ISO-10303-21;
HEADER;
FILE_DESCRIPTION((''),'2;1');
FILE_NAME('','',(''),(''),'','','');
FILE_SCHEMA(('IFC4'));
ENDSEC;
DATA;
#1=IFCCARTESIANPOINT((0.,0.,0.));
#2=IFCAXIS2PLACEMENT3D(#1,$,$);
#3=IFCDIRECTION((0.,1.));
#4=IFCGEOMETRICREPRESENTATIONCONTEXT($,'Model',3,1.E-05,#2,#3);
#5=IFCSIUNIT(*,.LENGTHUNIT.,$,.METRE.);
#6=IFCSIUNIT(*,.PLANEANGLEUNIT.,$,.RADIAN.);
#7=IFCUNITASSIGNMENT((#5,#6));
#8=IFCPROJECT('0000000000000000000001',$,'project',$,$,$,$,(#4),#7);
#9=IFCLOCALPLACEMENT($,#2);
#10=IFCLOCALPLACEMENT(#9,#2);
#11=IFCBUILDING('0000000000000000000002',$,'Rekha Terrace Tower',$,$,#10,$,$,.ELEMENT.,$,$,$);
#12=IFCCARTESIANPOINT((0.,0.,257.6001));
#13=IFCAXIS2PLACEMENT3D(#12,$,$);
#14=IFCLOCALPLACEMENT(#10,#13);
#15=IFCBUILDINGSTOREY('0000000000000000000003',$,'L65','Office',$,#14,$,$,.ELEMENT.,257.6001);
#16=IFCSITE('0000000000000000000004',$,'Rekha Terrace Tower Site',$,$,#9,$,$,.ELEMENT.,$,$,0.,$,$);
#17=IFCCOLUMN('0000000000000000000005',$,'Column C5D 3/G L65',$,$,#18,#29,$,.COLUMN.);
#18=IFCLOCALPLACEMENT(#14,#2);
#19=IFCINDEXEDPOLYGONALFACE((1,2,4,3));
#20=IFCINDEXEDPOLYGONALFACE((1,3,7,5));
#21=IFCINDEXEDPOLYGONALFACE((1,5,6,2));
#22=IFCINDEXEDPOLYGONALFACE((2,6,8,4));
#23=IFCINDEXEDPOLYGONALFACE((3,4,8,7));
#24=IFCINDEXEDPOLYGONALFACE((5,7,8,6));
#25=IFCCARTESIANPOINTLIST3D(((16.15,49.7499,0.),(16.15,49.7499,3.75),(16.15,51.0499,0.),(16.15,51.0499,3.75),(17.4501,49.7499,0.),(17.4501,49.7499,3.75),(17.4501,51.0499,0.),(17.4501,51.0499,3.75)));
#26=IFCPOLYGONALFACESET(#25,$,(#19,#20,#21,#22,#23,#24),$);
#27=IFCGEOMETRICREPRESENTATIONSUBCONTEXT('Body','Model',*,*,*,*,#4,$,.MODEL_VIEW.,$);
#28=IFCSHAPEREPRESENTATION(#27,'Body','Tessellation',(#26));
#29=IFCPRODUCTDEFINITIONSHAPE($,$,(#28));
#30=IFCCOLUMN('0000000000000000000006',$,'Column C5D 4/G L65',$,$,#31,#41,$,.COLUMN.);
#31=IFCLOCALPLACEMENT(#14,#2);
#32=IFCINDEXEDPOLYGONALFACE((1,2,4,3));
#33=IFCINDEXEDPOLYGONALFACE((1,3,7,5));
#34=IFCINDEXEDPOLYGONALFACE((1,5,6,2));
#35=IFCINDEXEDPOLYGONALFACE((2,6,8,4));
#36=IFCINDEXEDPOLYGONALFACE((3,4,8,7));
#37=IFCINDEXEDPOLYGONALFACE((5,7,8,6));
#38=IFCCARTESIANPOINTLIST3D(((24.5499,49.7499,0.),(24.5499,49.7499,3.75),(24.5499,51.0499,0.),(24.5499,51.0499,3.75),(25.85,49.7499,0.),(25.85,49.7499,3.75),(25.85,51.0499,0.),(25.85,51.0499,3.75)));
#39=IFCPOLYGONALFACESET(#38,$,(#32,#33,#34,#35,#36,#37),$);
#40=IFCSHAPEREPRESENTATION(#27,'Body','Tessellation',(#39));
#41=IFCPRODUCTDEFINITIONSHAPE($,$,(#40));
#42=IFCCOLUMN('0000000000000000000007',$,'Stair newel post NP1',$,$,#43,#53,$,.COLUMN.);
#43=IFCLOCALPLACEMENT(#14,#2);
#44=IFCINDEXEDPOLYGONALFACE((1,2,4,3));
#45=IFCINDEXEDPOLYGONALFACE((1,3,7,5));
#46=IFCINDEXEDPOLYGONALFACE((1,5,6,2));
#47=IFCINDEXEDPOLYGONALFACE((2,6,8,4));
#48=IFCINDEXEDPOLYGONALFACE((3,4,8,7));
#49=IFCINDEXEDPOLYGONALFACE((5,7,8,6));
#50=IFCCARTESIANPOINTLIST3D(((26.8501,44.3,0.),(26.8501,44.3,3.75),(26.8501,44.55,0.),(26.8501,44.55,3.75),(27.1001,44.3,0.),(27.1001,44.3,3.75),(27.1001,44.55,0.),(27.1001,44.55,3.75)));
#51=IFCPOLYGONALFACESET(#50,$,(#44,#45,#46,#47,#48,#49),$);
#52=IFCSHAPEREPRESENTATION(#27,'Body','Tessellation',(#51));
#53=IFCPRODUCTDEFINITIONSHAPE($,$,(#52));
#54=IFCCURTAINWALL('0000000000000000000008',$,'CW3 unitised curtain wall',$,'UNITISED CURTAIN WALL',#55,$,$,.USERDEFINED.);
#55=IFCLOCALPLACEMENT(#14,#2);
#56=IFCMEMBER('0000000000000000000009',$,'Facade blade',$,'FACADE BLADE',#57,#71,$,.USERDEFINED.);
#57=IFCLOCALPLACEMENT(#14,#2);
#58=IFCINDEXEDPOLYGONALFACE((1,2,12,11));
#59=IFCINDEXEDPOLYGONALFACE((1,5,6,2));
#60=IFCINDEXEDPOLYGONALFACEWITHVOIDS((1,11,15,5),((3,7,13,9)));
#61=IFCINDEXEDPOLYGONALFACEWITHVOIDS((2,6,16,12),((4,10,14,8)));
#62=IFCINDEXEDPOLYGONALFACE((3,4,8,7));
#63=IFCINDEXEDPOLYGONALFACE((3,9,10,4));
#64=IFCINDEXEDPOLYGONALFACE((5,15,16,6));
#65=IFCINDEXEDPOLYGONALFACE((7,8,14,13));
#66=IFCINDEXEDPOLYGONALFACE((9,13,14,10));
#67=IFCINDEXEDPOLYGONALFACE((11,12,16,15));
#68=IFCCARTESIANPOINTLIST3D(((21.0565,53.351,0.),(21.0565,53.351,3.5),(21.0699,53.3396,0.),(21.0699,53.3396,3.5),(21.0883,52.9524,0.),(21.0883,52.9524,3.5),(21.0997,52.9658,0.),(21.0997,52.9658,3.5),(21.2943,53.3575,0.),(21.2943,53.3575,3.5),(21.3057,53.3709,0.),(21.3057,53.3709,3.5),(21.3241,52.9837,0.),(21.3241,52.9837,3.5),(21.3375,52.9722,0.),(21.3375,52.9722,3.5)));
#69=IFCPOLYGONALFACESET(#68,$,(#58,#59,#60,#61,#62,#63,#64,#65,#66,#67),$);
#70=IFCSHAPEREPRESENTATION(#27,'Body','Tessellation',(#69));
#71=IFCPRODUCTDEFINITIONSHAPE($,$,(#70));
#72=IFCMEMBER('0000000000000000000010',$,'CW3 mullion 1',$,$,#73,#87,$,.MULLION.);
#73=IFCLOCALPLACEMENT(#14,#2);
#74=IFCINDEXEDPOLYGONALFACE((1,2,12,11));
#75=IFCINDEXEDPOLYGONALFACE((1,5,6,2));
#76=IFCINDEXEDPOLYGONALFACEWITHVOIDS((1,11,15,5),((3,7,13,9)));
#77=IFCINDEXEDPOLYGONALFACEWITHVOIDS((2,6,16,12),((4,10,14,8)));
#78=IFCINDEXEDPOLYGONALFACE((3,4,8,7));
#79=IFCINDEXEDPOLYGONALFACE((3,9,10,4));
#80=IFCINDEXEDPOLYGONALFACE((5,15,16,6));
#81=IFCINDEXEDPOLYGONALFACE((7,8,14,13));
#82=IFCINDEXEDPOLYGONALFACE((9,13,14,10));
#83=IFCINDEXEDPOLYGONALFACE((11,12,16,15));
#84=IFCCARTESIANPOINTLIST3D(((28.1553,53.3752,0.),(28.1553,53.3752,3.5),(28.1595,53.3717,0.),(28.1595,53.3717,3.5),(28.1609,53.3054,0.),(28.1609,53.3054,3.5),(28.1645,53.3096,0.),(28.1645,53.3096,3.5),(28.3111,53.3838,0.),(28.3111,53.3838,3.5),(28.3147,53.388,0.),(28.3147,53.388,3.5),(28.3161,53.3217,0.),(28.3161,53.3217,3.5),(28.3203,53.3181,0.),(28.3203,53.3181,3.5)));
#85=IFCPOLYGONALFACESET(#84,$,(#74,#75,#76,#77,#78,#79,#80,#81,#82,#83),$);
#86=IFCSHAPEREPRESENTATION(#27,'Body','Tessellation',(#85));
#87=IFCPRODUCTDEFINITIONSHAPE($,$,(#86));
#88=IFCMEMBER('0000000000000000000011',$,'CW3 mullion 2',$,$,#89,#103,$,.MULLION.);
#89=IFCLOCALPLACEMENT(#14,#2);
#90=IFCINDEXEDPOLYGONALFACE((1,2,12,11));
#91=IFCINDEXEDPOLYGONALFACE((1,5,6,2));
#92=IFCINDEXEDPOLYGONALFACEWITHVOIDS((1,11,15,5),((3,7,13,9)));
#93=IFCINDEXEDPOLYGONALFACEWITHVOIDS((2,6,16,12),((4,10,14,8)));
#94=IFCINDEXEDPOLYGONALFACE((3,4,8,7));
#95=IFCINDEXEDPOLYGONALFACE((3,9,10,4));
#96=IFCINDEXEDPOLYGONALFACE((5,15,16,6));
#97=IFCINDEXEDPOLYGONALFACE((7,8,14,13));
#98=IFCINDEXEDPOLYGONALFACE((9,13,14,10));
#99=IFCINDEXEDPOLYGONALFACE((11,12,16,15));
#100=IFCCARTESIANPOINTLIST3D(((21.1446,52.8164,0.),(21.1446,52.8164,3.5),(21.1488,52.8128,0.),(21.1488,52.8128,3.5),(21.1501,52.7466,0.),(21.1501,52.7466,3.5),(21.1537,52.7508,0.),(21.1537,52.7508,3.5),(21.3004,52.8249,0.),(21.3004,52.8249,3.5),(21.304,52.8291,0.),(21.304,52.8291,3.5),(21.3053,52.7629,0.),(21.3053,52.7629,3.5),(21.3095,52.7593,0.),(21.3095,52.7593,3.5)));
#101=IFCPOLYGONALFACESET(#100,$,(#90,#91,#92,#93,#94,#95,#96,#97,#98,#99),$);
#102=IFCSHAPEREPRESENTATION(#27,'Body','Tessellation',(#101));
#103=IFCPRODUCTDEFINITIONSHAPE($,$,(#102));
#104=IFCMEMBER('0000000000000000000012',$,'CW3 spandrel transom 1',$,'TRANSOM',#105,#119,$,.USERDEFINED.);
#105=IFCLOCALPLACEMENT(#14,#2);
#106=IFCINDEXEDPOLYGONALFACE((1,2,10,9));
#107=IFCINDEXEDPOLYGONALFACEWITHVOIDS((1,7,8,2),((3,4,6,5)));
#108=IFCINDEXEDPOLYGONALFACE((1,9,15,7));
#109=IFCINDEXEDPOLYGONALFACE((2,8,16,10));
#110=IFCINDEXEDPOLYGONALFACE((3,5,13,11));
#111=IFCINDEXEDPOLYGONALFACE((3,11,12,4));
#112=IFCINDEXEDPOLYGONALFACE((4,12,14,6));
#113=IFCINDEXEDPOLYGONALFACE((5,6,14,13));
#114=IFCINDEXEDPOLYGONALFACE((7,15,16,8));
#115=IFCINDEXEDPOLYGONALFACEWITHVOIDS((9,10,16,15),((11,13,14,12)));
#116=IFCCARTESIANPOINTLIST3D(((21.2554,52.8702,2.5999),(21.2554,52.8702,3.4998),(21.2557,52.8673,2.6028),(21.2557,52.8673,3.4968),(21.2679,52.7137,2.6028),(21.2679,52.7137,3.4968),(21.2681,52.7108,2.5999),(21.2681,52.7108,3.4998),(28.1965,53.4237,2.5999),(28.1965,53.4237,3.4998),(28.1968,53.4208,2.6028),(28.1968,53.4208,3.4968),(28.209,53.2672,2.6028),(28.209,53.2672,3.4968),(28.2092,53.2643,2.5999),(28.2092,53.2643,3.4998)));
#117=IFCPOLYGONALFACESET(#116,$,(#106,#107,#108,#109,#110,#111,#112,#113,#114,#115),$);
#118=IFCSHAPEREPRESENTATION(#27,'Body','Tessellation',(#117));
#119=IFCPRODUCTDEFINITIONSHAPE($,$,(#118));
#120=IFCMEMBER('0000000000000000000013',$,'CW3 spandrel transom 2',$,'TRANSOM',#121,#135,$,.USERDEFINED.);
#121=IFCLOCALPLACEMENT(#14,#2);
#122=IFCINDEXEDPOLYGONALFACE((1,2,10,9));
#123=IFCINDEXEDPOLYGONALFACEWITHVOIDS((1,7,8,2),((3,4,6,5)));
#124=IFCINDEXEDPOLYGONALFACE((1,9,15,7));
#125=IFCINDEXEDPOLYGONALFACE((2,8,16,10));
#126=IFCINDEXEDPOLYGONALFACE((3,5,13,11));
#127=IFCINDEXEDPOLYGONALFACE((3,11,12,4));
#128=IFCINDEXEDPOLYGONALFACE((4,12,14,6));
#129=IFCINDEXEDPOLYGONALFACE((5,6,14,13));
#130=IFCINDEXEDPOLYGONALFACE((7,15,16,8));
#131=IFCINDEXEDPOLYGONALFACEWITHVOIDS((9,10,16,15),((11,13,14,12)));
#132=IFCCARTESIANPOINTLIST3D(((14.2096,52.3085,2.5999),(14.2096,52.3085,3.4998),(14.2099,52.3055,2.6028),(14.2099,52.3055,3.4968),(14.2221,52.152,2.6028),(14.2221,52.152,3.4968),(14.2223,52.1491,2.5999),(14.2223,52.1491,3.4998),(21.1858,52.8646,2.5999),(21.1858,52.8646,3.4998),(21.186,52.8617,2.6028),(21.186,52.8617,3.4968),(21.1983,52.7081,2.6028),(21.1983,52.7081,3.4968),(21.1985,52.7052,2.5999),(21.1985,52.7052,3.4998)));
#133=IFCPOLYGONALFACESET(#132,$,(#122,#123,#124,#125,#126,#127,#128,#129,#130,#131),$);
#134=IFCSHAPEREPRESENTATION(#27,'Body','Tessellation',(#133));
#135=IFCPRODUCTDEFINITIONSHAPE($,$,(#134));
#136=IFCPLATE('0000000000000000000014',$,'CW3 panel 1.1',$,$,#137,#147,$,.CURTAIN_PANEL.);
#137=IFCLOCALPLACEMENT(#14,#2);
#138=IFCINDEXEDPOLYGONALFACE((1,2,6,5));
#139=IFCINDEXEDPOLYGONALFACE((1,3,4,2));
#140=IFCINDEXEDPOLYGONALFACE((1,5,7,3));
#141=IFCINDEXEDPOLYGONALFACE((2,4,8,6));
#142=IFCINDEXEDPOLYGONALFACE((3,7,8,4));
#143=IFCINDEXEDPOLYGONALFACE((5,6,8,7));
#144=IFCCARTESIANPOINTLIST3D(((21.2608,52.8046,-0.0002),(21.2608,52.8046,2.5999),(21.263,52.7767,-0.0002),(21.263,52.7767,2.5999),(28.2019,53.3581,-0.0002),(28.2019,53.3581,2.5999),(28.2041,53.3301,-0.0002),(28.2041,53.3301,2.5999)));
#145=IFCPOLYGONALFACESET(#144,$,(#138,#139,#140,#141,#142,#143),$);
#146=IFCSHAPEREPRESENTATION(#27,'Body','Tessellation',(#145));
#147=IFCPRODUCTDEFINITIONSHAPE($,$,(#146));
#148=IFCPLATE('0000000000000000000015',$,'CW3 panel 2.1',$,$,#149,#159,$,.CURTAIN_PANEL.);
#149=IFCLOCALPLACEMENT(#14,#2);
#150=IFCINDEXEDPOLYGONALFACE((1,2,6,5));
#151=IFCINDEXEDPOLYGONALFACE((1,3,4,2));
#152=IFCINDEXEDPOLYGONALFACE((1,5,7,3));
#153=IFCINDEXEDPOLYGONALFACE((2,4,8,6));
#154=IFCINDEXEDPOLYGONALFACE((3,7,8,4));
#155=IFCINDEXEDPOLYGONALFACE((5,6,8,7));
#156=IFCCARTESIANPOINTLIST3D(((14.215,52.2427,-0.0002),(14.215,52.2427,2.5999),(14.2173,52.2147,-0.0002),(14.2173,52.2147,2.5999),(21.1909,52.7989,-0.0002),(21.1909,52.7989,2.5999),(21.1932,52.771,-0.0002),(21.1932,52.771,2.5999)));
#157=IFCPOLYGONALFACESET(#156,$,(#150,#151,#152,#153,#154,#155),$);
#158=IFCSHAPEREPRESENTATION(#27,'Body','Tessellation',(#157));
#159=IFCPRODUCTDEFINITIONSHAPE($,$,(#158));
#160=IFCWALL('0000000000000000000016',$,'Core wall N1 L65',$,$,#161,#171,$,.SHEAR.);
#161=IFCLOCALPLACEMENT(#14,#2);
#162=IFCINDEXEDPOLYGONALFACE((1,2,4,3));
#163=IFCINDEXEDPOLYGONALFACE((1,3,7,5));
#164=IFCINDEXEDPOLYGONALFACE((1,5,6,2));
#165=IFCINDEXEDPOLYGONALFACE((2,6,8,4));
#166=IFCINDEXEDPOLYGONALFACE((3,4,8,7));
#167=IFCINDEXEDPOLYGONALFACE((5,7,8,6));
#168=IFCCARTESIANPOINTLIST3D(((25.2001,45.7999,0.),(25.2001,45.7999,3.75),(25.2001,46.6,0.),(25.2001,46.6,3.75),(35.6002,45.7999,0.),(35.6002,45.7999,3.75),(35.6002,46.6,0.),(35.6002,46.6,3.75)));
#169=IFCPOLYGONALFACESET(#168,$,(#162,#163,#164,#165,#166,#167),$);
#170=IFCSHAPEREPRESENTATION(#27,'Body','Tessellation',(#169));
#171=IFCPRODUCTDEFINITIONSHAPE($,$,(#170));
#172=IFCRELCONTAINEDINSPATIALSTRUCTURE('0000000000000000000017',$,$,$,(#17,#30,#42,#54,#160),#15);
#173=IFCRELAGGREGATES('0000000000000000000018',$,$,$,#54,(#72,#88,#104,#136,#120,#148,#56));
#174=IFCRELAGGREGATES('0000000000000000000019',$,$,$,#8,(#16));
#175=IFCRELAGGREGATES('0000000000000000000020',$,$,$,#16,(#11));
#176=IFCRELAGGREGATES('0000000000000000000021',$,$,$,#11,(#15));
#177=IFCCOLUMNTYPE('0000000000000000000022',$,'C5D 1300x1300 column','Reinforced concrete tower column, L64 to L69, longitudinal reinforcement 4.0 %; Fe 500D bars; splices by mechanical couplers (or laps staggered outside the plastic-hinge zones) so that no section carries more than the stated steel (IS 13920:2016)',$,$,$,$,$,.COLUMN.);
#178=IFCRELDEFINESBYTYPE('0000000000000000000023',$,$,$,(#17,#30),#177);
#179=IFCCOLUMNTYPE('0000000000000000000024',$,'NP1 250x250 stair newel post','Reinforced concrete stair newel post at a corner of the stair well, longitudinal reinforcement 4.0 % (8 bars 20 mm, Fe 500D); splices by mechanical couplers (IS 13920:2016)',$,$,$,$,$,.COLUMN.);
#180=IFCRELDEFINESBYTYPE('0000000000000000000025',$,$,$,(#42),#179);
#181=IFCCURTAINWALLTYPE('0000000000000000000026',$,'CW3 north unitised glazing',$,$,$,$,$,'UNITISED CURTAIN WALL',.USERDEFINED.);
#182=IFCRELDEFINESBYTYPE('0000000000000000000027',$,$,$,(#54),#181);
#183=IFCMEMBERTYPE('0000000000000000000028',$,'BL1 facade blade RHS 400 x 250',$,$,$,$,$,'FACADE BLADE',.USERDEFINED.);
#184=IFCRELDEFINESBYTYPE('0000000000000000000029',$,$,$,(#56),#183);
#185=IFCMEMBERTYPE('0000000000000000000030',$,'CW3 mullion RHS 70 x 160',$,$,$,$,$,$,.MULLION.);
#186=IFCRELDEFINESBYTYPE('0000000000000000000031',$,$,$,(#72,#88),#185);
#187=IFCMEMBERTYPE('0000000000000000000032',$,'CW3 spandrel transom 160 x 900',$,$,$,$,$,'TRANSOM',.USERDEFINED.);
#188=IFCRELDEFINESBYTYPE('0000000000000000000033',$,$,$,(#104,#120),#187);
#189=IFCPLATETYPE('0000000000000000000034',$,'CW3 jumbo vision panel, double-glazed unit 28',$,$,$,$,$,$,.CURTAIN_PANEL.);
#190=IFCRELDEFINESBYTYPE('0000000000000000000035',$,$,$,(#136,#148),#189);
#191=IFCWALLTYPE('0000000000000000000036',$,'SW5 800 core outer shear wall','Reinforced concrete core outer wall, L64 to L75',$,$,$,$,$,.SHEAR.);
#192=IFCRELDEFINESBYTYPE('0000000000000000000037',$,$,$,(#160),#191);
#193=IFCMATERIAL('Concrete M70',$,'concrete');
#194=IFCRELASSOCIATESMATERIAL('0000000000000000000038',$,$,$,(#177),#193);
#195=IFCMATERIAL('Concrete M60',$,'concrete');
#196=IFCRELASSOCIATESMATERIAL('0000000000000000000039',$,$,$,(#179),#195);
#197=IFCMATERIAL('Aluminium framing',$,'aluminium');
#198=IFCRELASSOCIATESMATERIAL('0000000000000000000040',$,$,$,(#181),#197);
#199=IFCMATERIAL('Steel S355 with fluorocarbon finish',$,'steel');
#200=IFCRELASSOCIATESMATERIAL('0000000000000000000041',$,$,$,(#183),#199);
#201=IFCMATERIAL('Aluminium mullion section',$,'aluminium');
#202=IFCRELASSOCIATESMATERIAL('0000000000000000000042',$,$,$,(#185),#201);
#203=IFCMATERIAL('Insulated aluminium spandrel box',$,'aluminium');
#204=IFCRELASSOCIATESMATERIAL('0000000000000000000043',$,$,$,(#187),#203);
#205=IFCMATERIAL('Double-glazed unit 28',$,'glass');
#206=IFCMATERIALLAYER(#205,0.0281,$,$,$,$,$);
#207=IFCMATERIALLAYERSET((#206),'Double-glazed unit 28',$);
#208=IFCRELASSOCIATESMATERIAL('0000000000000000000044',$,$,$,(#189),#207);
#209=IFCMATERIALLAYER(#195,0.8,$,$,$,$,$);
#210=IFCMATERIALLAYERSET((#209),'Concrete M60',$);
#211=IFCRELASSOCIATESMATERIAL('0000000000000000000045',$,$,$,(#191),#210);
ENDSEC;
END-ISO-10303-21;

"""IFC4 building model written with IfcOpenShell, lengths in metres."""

from ifc_helpers import new_model, si_unit, direction, frame, frame_2d, origin, origin_2d, place, context, subcontext, project, spatial, rectangle, hollow_rectangle, extrude, material, layer, layer_set, material_profile, profile_set, type_object, element, aggregate, save


model = new_model("IFC4")

# Units and contexts
model_context = context("Model", 3, precision=1e-05, world=origin(), true_north=direction((0.0, 1.0)))
body_context = subcontext(model_context, "Body", "Model", "MODEL_VIEW")
ifc_project = project(units=[si_unit("LENGTHUNIT", "METRE"), si_unit("PLANEANGLEUNIT", "RADIAN")], contexts=[model_context])

# Site, building, storey
site_placement = place(None, origin())
site = spatial("IfcSite", under=ifc_project, at=site_placement, Name="Rekha Terrace Tower Site", CompositionType="ELEMENT", RefElevation=0.0)
building_placement = place(site_placement, origin())
building = spatial("IfcBuilding", under=site, at=building_placement, Name="Rekha Terrace Tower", CompositionType="ELEMENT")
storey_placement = place(building_placement, frame((0.0, 0.0, 257.6001)))
storey = spatial("IfcBuildingStorey", under=building, at=storey_placement, Name="L65", Description="Office", CompositionType="ELEMENT", Elevation=257.6001)

# Columns
ifc_material_1 = material(Name="Concrete M70", Category="concrete")
ifc_material_profile_1 = material_profile(ifc_material_1, rectangle(XDim=1.3, YDim=1.3, at=origin_2d()), Name="RC 1300x1300")
ifc_profile_set_1 = profile_set([ifc_material_profile_1], Name="Concrete M70")
column_type_1 = type_object("IfcColumnType", Name="C5D 1300x1300 column", Description="Reinforced concrete tower column, L64 to L69, longitudinal reinforcement 4.0 %; Fe 500D bars; splices by mechanical couplers (or laps staggered outside the plastic-hinge zones) so that no section carries more than the stated steel (IS 13920:2016)", PredefinedType="COLUMN", material=ifc_profile_set_1)
for number, where, z_axis, x_axis, name in (
    (1, (16.8, 50.3999, 0.0), (0.0, 0.0, 1.0), (1.0, 0.0, 0.0), "Column C5D 3/G L65"),
    (2, (25.2, 50.3999, 0.0), (0.0, 0.0, 1.0), (1.0, 0.0, 0.0), "Column C5D 4/G L65"),
):
    element("IfcColumn", number, at=place(storey_placement, frame(where, z_axis=z_axis, x_axis=x_axis)), inside=storey, type_object=column_type_1, Name=name, PredefinedType="COLUMN", context=body_context, shape_type="SweptSolid", body=[
        extrude(rectangle(XDim=1.3, YDim=1.3, at=origin_2d()), origin(), (0.0, 0.0, 1.0), 3.75),
    ])
ifc_material_2 = material(Name="Concrete M60", Category="concrete")
ifc_material_profile_2 = material_profile(ifc_material_2, rectangle(XDim=0.25, YDim=0.25, at=origin_2d()), Name="RC 250x250")
ifc_profile_set_2 = profile_set([ifc_material_profile_2], Name="Concrete M60")
column_type_2 = type_object("IfcColumnType", Name="NP1 250x250 stair newel post", Description="Reinforced concrete stair newel post at a corner of the stair well, longitudinal reinforcement 4.0 % (8 bars 20 mm, Fe 500D); splices by mechanical couplers (IS 13920:2016)", PredefinedType="COLUMN", material=ifc_profile_set_2)
column_placement = place(storey_placement, frame((26.9751, 44.425, 0.0), z_axis=(0.0, 0.0, 1.0), x_axis=(1.0, 0.0, 0.0)))
element("IfcColumn", 3, at=column_placement, inside=storey, type_object=column_type_2, Name="Stair newel post NP1", PredefinedType="COLUMN", context=body_context, shape_type="SweptSolid", body=[
    extrude(rectangle(XDim=0.25, YDim=0.25, at=origin_2d()), origin(), (0.0, 0.0, 1.0), 3.75),
])

# Curtain wall, members, plates
ifc_material_3 = material(Name="Aluminium framing", Category="aluminium")
curtain_wall_type = type_object("IfcCurtainWallType", Name="CW3 north unitised glazing", ElementType="UNITISED CURTAIN WALL", PredefinedType="USERDEFINED", material=ifc_material_3)
curtain_wall_placement = place(storey_placement, origin())
curtain_wall = element("IfcCurtainWall", 4, at=curtain_wall_placement, inside=storey, type_object=curtain_wall_type, Name="CW3 unitised curtain wall", ObjectType="UNITISED CURTAIN WALL", PredefinedType="USERDEFINED")
ifc_material_4 = material(Name="Steel S355 with fluorocarbon finish", Category="steel")
ifc_material_profile_3 = material_profile(ifc_material_4, hollow_rectangle(XDim=0.25, YDim=0.3999, WallThickness=0.0125, at=origin_2d()), Name="RHS400x250x12.5")
ifc_profile_set_3 = profile_set([ifc_material_profile_3], Name="Steel S355 with fluorocarbon finish")
member_type_1 = type_object("IfcMemberType", Name="BL1 facade blade RHS 400 x 250", ElementType="FACADE BLADE", PredefinedType="USERDEFINED", material=ifc_profile_set_3)
member_1_placement = place(storey_placement, frame((21.197, 53.1616, 0.0), z_axis=(0.0, 0.0, 1.0), x_axis=(-0.996836, -0.079486, 0.0)))
member_1 = element("IfcMember", 5, at=member_1_placement, type_object=member_type_1, Name="Facade blade", ObjectType="FACADE BLADE", PredefinedType="USERDEFINED", context=body_context, shape_type="SweptSolid", body=[
    extrude(hollow_rectangle(XDim=0.25, YDim=0.3999, WallThickness=0.0125, at=origin_2d()), origin(), (0.0, 0.0, 1.0), 3.5),
])
ifc_material_5 = material(Name="Aluminium mullion section", Category="aluminium")
ifc_material_profile_4 = material_profile(ifc_material_5, hollow_rectangle(XDim=0.0701, YDim=0.1599, WallThickness=0.0039, at=origin_2d()), Name="AL RHS 70x160")
ifc_profile_set_4 = profile_set([ifc_material_profile_4], Name="Aluminium mullion section")
member_type_2 = type_object("IfcMemberType", Name="CW3 mullion RHS 70 x 160", PredefinedType="MULLION", material=ifc_profile_set_4)
member_2_placement = place(storey_placement, frame((28.2378, 53.3467, 0.0), z_axis=(0.0, 0.0, 1.0), x_axis=(0.079485, -0.996836, 0.0)))
member_2 = element("IfcMember", 6, at=member_2_placement, type_object=member_type_2, Name="CW3 mullion 1", PredefinedType="MULLION", context=body_context, shape_type="SweptSolid", body=[
    extrude(hollow_rectangle(XDim=0.0701, YDim=0.1599, WallThickness=0.0039, at=origin_2d()), origin(), (0.0, 0.0, 1.0), 3.5),
])
member_3_placement = place(storey_placement, frame((21.2271, 52.7878, 0.0), z_axis=(0.0, 0.0, 1.0), x_axis=(0.079485, -0.996836, 0.0)))
member_3 = element("IfcMember", 7, at=member_3_placement, type_object=member_type_2, Name="CW3 mullion 2", PredefinedType="MULLION", context=body_context, shape_type="SweptSolid", body=[
    extrude(hollow_rectangle(XDim=0.0701, YDim=0.1599, WallThickness=0.0039, at=origin_2d()), origin(), (0.0, 0.0, 1.0), 3.5),
])
ifc_material_6 = material(Name="Insulated aluminium spandrel box", Category="aluminium")
ifc_material_profile_5 = material_profile(ifc_material_6, hollow_rectangle(XDim=0.1599, YDim=0.8999, WallThickness=0.0029, at=origin_2d()), Name="AL SPANDREL BOX 160x900")
ifc_profile_set_5 = profile_set([ifc_material_profile_5], Name="Insulated aluminium spandrel box")
member_type_3 = type_object("IfcMemberType", Name="CW3 spandrel transom 160 x 900", ElementType="TRANSOM", PredefinedType="USERDEFINED", material=ifc_profile_set_5)
member_4_placement = place(storey_placement, frame((28.2029, 53.344, 3.0498), z_axis=(-0.996836, -0.079485, 0.0), x_axis=(0.079485, -0.996836, 0.0)))
member_4 = element("IfcMember", 8, at=member_4_placement, type_object=member_type_3, Name="CW3 spandrel transom 1", ObjectType="TRANSOM", PredefinedType="USERDEFINED", context=body_context, shape_type="SweptSolid", body=[
    extrude(hollow_rectangle(XDim=0.1599, YDim=0.8999, WallThickness=0.0029, at=origin_2d()), origin(), (0.0, 0.0, 1.0), 6.9631),
])
member_5_placement = place(storey_placement, frame((21.1921, 52.7849, 3.0498), z_axis=(-0.996837, -0.079471, 0.0), x_axis=(0.079471, -0.996837, 0.0)))
member_5 = element("IfcMember", 9, at=member_5_placement, type_object=member_type_3, Name="CW3 spandrel transom 2", ObjectType="TRANSOM", PredefinedType="USERDEFINED", context=body_context, shape_type="SweptSolid", body=[
    extrude(hollow_rectangle(XDim=0.1599, YDim=0.8999, WallThickness=0.0029, at=origin_2d()), origin(), (0.0, 0.0, 1.0), 6.9983),
])
ifc_material_7 = material(Name="Double-glazed unit 28", Category="glass")
ifc_layer_1 = layer(ifc_material_7, 0.0281)
ifc_layer_set_1 = layer_set([ifc_layer_1], Name="Double-glazed unit 28")
plate_type = type_object("IfcPlateType", Name="CW3 jumbo vision panel, double-glazed unit 28", PredefinedType="CURTAIN_PANEL", material=ifc_layer_set_1)
plate_1_placement = place(storey_placement, frame((24.7324, 53.0674, -0.0002), z_axis=(0.0, 0.0, 1.0), x_axis=(-0.996836, -0.079485, 0.0)))
plate_1 = element("IfcPlate", 10, at=plate_1_placement, type_object=plate_type, Name="CW3 panel 1.1", PredefinedType="CURTAIN_PANEL", context=body_context, shape_type="SweptSolid", body=[
    extrude(rectangle(XDim=6.9631, YDim=0.0281, at=origin_2d()), origin(), (0.0, 0.0, 1.0), 2.6001),
])
plate_2_placement = place(storey_placement, frame((17.7041, 52.5068, -0.0002), z_axis=(0.0, 0.0, 1.0), x_axis=(-0.996836, -0.079485, 0.0)))
plate_2 = element("IfcPlate", 11, at=plate_2_placement, type_object=plate_type, Name="CW3 panel 2.1", PredefinedType="CURTAIN_PANEL", context=body_context, shape_type="SweptSolid", body=[
    extrude(rectangle(XDim=6.998, YDim=0.0281, at=origin_2d()), origin(), (0.0, 0.0, 1.0), 2.6001),
])
aggregate(curtain_wall, [member_2, member_3, member_4, plate_1, member_5, plate_2, member_1])

# Wall
ifc_layer_2 = layer(ifc_material_2, 0.8)
ifc_layer_set_2 = layer_set([ifc_layer_2], Name="Concrete M60")
wall_type_1 = type_object("IfcWallType", Name="SW5 800 core outer shear wall", Description="Reinforced concrete core outer wall, L64 to L75", PredefinedType="SHEAR", material=ifc_layer_set_2)
wall_1_placement = place(storey_placement, frame((25.2, 46.2, 0.0), z_axis=(0.0, 0.0, 1.0), x_axis=(1.0, 0.0, 0.0)))
element("IfcWall", 12, at=wall_1_placement, inside=storey, type_object=wall_type_1, Name="Core wall N1 L65", PredefinedType="SHEAR", context=body_context, shape_type="SweptSolid", body=[
    extrude(rectangle(XDim=10.4001, YDim=0.8, at=frame_2d((5.2002, 0.0))), origin(), (0.0, 0.0, 1.0), 3.75),
])

save(model, "model.ifc")
